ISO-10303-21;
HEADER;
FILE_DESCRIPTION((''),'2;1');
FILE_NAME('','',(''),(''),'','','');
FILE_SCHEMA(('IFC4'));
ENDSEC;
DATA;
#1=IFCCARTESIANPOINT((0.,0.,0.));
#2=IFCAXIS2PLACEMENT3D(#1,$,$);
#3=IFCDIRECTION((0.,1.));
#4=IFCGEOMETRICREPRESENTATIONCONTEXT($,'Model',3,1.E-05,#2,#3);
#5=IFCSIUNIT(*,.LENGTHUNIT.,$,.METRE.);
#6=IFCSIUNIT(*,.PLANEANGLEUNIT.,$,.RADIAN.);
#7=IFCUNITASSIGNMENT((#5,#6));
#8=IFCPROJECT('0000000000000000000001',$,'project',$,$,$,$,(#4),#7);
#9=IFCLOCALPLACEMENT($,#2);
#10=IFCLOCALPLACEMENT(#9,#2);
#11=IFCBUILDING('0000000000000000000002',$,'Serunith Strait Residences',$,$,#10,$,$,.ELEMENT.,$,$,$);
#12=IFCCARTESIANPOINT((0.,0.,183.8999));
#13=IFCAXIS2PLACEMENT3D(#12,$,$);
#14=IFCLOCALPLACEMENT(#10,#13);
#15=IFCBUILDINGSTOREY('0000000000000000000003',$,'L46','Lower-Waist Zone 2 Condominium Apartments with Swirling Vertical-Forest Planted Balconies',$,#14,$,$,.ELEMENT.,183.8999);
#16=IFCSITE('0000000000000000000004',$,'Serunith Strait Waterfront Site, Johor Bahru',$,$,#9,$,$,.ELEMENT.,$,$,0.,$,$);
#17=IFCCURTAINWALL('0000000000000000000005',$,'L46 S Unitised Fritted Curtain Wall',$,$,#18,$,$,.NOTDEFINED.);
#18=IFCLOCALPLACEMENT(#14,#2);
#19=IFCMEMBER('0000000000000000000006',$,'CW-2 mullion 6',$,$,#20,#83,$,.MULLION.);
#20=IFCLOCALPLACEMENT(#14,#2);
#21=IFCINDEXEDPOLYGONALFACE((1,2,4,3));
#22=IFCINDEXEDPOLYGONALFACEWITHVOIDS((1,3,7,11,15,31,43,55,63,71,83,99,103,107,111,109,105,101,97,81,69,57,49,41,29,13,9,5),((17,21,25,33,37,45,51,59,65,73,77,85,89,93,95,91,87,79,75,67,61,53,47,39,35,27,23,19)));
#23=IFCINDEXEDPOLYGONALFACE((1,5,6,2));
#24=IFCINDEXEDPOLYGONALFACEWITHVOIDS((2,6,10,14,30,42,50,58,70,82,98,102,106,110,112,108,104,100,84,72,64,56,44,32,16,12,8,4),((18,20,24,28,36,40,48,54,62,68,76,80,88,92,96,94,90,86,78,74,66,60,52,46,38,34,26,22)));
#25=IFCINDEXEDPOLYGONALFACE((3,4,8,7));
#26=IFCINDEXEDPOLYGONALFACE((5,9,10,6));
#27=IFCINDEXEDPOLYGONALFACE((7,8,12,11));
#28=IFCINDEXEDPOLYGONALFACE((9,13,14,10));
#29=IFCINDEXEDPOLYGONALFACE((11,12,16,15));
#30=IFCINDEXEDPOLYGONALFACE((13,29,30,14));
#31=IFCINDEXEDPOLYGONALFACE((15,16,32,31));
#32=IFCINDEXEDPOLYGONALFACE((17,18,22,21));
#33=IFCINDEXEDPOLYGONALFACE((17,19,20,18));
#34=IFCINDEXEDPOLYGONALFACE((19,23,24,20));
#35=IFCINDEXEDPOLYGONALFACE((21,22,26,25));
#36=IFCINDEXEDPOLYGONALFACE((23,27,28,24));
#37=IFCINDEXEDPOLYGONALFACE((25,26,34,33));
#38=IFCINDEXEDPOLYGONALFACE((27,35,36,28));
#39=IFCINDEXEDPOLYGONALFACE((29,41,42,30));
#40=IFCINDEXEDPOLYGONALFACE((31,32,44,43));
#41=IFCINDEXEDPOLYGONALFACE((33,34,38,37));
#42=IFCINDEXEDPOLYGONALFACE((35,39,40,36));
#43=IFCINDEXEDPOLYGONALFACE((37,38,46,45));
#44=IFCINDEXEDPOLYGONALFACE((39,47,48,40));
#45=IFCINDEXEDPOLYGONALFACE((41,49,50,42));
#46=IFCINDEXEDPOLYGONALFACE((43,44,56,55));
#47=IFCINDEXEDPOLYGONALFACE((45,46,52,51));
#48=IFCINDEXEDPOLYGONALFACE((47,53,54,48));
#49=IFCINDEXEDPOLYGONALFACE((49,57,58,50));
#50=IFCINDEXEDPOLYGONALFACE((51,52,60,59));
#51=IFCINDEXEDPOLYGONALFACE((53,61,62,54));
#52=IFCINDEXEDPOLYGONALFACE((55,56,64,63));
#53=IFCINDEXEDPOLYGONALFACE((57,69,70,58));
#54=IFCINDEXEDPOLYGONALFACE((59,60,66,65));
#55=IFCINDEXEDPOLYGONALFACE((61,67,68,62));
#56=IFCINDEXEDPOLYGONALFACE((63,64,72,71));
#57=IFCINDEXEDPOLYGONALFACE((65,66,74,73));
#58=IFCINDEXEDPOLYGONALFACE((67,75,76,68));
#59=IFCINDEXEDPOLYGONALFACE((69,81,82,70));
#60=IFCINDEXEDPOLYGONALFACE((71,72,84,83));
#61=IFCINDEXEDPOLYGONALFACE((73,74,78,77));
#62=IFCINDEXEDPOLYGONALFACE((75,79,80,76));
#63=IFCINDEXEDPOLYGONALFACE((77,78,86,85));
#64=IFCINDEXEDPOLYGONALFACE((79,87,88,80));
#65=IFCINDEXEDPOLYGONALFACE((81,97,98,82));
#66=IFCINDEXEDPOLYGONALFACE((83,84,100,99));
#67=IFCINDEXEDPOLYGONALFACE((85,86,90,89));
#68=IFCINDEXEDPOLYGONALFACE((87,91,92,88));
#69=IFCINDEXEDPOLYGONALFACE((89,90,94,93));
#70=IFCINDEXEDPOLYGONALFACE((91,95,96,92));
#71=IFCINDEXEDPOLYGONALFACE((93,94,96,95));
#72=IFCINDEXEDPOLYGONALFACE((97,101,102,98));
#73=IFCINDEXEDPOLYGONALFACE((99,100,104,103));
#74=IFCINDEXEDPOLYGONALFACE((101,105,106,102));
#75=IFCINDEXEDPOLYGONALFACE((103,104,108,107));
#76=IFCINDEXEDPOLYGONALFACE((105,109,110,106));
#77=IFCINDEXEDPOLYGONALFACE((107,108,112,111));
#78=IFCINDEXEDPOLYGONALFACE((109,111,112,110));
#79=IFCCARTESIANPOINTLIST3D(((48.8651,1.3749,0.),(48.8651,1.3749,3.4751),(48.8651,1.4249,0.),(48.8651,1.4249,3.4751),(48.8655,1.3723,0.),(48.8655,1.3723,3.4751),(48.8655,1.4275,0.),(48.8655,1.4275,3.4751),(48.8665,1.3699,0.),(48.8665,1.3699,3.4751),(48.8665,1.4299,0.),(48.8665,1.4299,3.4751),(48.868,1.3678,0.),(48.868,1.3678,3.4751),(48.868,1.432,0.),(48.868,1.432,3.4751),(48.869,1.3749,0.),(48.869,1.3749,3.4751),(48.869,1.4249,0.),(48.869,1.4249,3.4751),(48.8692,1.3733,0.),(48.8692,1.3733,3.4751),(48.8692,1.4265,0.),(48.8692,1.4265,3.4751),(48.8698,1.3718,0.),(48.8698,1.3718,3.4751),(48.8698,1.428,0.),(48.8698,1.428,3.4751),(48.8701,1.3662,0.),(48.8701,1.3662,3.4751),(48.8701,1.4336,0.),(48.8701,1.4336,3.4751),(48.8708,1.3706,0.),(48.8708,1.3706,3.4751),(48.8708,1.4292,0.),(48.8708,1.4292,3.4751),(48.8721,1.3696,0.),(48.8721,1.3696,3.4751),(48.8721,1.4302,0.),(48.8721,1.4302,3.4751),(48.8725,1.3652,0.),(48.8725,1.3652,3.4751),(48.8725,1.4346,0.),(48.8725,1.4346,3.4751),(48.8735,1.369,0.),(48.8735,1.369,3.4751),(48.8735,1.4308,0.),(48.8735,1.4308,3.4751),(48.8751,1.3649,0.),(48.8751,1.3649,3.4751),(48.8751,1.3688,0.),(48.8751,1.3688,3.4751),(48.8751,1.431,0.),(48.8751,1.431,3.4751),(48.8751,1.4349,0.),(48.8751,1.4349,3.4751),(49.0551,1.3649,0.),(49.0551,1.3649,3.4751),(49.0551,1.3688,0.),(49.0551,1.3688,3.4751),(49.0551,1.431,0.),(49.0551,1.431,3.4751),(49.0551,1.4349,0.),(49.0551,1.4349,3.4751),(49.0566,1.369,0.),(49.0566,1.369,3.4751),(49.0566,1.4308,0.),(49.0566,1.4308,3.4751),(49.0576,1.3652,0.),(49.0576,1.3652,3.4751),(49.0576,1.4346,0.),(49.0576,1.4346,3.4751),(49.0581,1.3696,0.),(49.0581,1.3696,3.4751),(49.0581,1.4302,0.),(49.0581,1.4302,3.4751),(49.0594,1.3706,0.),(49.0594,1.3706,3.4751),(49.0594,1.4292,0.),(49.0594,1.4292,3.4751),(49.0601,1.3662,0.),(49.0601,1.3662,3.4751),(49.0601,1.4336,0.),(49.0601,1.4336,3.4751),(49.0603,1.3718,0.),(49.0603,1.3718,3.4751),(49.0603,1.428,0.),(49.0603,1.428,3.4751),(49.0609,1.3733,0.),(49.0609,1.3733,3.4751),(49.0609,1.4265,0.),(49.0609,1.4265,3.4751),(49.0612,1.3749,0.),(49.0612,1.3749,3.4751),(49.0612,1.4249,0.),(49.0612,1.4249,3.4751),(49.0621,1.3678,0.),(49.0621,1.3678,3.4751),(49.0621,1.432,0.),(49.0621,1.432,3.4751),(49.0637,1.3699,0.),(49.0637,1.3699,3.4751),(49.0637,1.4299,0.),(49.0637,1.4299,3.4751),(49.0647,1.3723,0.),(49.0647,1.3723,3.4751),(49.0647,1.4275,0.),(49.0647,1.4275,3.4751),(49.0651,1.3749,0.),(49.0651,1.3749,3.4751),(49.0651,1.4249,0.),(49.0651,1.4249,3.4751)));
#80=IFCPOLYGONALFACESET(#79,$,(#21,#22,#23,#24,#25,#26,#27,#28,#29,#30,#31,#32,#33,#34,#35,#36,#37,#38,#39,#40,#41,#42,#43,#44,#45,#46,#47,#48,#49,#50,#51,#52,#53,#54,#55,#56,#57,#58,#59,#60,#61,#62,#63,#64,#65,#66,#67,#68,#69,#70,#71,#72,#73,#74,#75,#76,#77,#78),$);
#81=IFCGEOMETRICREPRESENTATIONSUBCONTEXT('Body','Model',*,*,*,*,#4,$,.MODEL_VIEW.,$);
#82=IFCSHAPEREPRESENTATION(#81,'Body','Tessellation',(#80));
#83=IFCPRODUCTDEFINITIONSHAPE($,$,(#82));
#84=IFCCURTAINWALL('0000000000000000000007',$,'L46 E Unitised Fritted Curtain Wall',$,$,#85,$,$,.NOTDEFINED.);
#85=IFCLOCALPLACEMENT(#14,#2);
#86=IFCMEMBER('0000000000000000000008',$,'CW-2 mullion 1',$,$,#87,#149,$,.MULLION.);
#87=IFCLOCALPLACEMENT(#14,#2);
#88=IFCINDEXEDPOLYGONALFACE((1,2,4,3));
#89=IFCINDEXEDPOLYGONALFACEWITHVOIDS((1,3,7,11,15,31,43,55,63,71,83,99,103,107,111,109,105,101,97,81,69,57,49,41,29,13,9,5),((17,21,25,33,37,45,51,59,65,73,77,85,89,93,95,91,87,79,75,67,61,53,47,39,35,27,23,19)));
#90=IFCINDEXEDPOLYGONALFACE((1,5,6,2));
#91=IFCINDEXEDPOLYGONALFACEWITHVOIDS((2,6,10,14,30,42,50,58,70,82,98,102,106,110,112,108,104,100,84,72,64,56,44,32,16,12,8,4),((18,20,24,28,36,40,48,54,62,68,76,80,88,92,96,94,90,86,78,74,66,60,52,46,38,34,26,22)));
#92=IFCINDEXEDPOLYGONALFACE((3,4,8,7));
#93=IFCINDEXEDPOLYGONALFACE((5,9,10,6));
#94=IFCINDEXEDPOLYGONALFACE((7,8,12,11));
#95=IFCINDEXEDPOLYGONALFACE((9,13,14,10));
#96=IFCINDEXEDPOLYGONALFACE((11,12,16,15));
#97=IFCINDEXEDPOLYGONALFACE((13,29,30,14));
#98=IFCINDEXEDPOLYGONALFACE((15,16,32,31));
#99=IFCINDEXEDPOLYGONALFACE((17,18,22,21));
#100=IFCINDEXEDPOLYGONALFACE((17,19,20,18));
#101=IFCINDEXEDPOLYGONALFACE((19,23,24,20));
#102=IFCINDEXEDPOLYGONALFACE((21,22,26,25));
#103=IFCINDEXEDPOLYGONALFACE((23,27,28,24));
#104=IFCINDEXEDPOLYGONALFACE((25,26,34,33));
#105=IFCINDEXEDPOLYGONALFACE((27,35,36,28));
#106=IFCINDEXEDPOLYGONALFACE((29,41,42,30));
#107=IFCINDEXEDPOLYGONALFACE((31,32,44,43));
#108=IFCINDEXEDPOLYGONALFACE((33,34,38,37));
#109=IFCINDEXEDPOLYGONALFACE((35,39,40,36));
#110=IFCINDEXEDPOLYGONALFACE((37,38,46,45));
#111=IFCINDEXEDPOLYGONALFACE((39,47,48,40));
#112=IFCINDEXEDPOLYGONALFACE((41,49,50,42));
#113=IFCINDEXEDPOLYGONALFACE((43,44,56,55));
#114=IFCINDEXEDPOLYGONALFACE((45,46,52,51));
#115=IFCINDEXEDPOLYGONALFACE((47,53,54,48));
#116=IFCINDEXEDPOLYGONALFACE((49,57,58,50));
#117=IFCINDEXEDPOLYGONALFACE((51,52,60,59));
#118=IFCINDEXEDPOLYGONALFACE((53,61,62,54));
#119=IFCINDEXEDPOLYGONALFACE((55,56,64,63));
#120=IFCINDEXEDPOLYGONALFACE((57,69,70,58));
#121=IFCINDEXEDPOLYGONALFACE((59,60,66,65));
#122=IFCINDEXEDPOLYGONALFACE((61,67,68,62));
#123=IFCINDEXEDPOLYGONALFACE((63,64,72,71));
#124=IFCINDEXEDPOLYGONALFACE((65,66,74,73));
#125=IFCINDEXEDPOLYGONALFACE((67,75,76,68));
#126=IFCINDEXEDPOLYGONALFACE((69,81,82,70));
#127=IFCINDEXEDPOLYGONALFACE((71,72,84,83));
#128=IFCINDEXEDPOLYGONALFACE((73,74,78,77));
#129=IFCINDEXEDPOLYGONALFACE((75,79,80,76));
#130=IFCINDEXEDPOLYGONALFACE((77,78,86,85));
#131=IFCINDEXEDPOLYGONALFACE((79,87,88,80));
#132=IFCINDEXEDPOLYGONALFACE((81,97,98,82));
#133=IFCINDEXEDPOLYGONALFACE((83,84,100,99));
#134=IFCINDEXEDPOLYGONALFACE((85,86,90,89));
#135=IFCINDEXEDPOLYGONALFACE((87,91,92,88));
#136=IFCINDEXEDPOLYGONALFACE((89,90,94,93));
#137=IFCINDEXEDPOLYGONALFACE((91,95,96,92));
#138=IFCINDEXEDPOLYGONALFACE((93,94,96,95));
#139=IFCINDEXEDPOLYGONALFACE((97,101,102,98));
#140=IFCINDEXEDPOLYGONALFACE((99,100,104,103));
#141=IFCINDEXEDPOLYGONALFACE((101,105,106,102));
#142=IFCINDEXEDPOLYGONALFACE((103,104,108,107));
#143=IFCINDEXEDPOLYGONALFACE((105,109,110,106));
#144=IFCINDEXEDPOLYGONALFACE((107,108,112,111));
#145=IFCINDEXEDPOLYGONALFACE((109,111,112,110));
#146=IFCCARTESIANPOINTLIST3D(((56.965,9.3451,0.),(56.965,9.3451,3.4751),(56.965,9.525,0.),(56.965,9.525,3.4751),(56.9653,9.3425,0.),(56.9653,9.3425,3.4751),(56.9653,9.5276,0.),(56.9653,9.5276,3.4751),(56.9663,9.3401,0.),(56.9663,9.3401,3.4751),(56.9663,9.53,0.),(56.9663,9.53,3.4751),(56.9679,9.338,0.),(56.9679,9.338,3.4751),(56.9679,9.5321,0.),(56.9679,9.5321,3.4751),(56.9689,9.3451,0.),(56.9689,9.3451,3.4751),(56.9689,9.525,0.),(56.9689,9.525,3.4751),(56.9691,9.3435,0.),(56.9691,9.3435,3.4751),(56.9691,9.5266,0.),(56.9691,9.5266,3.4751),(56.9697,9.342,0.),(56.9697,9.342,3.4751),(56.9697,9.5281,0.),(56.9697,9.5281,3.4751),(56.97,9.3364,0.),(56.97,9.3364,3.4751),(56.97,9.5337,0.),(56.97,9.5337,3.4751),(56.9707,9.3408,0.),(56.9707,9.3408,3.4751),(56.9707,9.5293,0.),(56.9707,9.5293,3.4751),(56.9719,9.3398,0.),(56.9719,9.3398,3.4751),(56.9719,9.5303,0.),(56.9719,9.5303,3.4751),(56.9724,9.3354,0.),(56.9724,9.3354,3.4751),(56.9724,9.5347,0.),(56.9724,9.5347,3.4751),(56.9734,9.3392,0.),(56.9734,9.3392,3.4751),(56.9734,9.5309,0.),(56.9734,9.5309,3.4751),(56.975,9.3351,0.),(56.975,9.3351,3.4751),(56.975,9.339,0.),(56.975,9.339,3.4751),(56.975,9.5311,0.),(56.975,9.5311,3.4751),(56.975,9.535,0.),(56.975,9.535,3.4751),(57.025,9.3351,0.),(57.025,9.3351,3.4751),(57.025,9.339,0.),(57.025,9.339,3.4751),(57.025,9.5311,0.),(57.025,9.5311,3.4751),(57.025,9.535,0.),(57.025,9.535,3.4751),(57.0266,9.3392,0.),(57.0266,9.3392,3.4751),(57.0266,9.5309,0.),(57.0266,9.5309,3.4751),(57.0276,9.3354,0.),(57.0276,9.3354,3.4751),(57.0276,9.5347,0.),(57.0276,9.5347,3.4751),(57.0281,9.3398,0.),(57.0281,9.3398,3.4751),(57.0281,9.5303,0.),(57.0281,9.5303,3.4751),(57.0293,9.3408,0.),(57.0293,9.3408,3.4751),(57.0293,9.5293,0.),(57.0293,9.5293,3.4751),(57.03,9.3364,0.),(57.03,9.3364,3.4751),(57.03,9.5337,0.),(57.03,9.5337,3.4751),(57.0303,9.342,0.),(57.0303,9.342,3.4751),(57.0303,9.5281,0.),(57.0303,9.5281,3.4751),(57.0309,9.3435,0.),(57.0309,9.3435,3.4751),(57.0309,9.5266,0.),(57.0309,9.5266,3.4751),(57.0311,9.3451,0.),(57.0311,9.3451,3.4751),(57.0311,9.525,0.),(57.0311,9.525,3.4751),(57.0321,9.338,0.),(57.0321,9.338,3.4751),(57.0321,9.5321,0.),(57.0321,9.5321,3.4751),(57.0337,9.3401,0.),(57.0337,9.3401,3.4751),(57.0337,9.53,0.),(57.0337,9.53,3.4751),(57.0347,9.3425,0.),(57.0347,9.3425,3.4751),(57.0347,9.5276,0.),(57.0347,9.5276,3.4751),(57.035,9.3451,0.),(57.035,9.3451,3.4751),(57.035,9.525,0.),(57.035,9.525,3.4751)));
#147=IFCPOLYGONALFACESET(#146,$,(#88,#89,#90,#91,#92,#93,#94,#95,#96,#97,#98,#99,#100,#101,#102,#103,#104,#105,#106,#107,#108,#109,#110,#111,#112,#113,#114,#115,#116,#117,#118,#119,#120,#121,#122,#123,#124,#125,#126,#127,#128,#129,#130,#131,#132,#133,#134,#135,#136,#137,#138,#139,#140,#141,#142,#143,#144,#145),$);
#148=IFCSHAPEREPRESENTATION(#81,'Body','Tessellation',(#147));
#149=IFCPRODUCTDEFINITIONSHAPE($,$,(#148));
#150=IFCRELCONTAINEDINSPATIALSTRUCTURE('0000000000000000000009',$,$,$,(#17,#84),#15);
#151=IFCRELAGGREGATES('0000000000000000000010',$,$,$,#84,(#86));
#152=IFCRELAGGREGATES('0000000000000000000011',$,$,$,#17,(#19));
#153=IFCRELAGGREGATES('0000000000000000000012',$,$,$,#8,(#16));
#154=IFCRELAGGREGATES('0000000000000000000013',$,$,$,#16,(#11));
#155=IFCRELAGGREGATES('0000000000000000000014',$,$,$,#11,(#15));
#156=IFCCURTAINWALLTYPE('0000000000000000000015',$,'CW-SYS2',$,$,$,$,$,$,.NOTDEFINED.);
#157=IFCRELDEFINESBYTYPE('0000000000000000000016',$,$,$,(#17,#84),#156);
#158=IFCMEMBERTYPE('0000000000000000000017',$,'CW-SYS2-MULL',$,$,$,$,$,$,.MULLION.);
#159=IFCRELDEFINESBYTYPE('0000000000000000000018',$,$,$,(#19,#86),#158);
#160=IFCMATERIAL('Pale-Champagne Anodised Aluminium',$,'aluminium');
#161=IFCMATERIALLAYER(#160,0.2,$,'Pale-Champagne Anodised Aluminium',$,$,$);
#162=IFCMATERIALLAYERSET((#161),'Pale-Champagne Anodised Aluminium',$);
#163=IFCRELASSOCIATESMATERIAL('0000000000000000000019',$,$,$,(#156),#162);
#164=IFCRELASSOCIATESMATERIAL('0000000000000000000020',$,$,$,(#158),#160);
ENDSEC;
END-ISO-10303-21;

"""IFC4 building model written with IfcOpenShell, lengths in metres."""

from ifc_helpers import new_model, si_unit, direction, frame, origin, origin_2d, place, context, subcontext, project, spatial, hollow_rectangle, extrude, source, transform, mapped, material, layer, layer_set, material_profile, profile_set, type_object, element, aggregate, save


model = new_model("IFC4")

# Units and contexts
model_context = context("Model", 3, precision=1e-05, world=origin(), true_north=direction((0.0, 1.0)))
body_context = subcontext(model_context, "Body", "Model", "MODEL_VIEW")
ifc_project = project(units=[si_unit("LENGTHUNIT", "METRE"), si_unit("PLANEANGLEUNIT", "RADIAN")], contexts=[model_context])

# Site, building, storey
site_placement = place(None, origin())
site = spatial("IfcSite", under=ifc_project, at=site_placement, Name="Serunith Strait Waterfront Site, Johor Bahru", CompositionType="ELEMENT", RefElevation=0.0)
building_placement = place(site_placement, origin())
building = spatial("IfcBuilding", under=site, at=building_placement, Name="Serunith Strait Residences", CompositionType="ELEMENT")
storey_placement = place(building_placement, frame((0.0, 0.0, 183.8999)))
storey = spatial("IfcBuildingStorey", under=building, at=storey_placement, Name="L46", Description="Lower-Waist Zone 2 Condominium Apartments with Swirling Vertical-Forest Planted Balconies", CompositionType="ELEMENT", Elevation=183.8999)

# Curtain wall, member
ifc_material_1 = material(Name="Pale-Champagne Anodised Aluminium", Category="aluminium")
ifc_layer_1 = layer(ifc_material_1, 0.2, Name="Pale-Champagne Anodised Aluminium")
ifc_layer_set_1 = layer_set([ifc_layer_1], Name="Pale-Champagne Anodised Aluminium")
curtain_wall_type = type_object("IfcCurtainWallType", Name="CW-SYS2", PredefinedType="NOTDEFINED", material=ifc_layer_set_1)
curtain_wall_1_placement = place(storey_placement, origin())
curtain_wall_1 = element("IfcCurtainWall", 1, at=curtain_wall_1_placement, inside=storey, type_object=curtain_wall_type, Name="L46 S Unitised Fritted Curtain Wall", PredefinedType="NOTDEFINED")
ifc_material_profile_1 = material_profile(ifc_material_1, hollow_rectangle(XDim=0.0701, YDim=0.2, WallThickness=0.0039, InnerFilletRadius=0.0061, OuterFilletRadius=0.01, at=origin_2d()), Name="ALU 200x70x4")
ifc_profile_set_1 = profile_set([ifc_material_profile_1], Name="Pale-Champagne Anodised Aluminium")
member_type_1 = type_object("IfcMemberType", Name="CW-SYS2-MULL", PredefinedType="MULLION", material=ifc_profile_set_1)
shared_shape_1 = source(origin(), body_context, "Body", "SweptSolid", [
    extrude(hollow_rectangle(XDim=0.0701, YDim=0.2, WallThickness=0.0039, InnerFilletRadius=0.0061, OuterFilletRadius=0.01, at=origin_2d()), origin(), (0.0, 0.0, 1.0), 3.4751),
])
member_1_placement = place(storey_placement, frame((48.9651, 1.3999, 0.0), z_axis=(0.0, 0.0, 1.0), x_axis=(0.0, 1.0, 0.0)))
member_1 = element("IfcMember", 2, at=member_1_placement, type_object=member_type_1, Name="CW-2 mullion 6", PredefinedType="MULLION", context=body_context, shape_type="MappedRepresentation", body=[
    mapped(shared_shape_1, transform((0.0, 0.0, 0.0), scale=1.0)),
])

# Curtain wall, member
curtain_wall_2_placement = place(storey_placement, origin())
curtain_wall_2 = element("IfcCurtainWall", 3, at=curtain_wall_2_placement, inside=storey, type_object=curtain_wall_type, Name="L46 E Unitised Fritted Curtain Wall", PredefinedType="NOTDEFINED")
member_2_placement = place(storey_placement, frame((57.0, 9.4351, 0.0), z_axis=(0.0, 0.0, 1.0), x_axis=(-1.0, 0.0, 0.0)))
member_2 = element("IfcMember", 4, at=member_2_placement, type_object=member_type_1, Name="CW-2 mullion 1", PredefinedType="MULLION", context=body_context, shape_type="MappedRepresentation", body=[
    mapped(shared_shape_1, transform((0.0, 0.0, 0.0), scale=1.0)),
])
aggregate(curtain_wall_2, [member_2])

aggregate(curtain_wall_1, [member_1])

save(model, "model.ifc")
